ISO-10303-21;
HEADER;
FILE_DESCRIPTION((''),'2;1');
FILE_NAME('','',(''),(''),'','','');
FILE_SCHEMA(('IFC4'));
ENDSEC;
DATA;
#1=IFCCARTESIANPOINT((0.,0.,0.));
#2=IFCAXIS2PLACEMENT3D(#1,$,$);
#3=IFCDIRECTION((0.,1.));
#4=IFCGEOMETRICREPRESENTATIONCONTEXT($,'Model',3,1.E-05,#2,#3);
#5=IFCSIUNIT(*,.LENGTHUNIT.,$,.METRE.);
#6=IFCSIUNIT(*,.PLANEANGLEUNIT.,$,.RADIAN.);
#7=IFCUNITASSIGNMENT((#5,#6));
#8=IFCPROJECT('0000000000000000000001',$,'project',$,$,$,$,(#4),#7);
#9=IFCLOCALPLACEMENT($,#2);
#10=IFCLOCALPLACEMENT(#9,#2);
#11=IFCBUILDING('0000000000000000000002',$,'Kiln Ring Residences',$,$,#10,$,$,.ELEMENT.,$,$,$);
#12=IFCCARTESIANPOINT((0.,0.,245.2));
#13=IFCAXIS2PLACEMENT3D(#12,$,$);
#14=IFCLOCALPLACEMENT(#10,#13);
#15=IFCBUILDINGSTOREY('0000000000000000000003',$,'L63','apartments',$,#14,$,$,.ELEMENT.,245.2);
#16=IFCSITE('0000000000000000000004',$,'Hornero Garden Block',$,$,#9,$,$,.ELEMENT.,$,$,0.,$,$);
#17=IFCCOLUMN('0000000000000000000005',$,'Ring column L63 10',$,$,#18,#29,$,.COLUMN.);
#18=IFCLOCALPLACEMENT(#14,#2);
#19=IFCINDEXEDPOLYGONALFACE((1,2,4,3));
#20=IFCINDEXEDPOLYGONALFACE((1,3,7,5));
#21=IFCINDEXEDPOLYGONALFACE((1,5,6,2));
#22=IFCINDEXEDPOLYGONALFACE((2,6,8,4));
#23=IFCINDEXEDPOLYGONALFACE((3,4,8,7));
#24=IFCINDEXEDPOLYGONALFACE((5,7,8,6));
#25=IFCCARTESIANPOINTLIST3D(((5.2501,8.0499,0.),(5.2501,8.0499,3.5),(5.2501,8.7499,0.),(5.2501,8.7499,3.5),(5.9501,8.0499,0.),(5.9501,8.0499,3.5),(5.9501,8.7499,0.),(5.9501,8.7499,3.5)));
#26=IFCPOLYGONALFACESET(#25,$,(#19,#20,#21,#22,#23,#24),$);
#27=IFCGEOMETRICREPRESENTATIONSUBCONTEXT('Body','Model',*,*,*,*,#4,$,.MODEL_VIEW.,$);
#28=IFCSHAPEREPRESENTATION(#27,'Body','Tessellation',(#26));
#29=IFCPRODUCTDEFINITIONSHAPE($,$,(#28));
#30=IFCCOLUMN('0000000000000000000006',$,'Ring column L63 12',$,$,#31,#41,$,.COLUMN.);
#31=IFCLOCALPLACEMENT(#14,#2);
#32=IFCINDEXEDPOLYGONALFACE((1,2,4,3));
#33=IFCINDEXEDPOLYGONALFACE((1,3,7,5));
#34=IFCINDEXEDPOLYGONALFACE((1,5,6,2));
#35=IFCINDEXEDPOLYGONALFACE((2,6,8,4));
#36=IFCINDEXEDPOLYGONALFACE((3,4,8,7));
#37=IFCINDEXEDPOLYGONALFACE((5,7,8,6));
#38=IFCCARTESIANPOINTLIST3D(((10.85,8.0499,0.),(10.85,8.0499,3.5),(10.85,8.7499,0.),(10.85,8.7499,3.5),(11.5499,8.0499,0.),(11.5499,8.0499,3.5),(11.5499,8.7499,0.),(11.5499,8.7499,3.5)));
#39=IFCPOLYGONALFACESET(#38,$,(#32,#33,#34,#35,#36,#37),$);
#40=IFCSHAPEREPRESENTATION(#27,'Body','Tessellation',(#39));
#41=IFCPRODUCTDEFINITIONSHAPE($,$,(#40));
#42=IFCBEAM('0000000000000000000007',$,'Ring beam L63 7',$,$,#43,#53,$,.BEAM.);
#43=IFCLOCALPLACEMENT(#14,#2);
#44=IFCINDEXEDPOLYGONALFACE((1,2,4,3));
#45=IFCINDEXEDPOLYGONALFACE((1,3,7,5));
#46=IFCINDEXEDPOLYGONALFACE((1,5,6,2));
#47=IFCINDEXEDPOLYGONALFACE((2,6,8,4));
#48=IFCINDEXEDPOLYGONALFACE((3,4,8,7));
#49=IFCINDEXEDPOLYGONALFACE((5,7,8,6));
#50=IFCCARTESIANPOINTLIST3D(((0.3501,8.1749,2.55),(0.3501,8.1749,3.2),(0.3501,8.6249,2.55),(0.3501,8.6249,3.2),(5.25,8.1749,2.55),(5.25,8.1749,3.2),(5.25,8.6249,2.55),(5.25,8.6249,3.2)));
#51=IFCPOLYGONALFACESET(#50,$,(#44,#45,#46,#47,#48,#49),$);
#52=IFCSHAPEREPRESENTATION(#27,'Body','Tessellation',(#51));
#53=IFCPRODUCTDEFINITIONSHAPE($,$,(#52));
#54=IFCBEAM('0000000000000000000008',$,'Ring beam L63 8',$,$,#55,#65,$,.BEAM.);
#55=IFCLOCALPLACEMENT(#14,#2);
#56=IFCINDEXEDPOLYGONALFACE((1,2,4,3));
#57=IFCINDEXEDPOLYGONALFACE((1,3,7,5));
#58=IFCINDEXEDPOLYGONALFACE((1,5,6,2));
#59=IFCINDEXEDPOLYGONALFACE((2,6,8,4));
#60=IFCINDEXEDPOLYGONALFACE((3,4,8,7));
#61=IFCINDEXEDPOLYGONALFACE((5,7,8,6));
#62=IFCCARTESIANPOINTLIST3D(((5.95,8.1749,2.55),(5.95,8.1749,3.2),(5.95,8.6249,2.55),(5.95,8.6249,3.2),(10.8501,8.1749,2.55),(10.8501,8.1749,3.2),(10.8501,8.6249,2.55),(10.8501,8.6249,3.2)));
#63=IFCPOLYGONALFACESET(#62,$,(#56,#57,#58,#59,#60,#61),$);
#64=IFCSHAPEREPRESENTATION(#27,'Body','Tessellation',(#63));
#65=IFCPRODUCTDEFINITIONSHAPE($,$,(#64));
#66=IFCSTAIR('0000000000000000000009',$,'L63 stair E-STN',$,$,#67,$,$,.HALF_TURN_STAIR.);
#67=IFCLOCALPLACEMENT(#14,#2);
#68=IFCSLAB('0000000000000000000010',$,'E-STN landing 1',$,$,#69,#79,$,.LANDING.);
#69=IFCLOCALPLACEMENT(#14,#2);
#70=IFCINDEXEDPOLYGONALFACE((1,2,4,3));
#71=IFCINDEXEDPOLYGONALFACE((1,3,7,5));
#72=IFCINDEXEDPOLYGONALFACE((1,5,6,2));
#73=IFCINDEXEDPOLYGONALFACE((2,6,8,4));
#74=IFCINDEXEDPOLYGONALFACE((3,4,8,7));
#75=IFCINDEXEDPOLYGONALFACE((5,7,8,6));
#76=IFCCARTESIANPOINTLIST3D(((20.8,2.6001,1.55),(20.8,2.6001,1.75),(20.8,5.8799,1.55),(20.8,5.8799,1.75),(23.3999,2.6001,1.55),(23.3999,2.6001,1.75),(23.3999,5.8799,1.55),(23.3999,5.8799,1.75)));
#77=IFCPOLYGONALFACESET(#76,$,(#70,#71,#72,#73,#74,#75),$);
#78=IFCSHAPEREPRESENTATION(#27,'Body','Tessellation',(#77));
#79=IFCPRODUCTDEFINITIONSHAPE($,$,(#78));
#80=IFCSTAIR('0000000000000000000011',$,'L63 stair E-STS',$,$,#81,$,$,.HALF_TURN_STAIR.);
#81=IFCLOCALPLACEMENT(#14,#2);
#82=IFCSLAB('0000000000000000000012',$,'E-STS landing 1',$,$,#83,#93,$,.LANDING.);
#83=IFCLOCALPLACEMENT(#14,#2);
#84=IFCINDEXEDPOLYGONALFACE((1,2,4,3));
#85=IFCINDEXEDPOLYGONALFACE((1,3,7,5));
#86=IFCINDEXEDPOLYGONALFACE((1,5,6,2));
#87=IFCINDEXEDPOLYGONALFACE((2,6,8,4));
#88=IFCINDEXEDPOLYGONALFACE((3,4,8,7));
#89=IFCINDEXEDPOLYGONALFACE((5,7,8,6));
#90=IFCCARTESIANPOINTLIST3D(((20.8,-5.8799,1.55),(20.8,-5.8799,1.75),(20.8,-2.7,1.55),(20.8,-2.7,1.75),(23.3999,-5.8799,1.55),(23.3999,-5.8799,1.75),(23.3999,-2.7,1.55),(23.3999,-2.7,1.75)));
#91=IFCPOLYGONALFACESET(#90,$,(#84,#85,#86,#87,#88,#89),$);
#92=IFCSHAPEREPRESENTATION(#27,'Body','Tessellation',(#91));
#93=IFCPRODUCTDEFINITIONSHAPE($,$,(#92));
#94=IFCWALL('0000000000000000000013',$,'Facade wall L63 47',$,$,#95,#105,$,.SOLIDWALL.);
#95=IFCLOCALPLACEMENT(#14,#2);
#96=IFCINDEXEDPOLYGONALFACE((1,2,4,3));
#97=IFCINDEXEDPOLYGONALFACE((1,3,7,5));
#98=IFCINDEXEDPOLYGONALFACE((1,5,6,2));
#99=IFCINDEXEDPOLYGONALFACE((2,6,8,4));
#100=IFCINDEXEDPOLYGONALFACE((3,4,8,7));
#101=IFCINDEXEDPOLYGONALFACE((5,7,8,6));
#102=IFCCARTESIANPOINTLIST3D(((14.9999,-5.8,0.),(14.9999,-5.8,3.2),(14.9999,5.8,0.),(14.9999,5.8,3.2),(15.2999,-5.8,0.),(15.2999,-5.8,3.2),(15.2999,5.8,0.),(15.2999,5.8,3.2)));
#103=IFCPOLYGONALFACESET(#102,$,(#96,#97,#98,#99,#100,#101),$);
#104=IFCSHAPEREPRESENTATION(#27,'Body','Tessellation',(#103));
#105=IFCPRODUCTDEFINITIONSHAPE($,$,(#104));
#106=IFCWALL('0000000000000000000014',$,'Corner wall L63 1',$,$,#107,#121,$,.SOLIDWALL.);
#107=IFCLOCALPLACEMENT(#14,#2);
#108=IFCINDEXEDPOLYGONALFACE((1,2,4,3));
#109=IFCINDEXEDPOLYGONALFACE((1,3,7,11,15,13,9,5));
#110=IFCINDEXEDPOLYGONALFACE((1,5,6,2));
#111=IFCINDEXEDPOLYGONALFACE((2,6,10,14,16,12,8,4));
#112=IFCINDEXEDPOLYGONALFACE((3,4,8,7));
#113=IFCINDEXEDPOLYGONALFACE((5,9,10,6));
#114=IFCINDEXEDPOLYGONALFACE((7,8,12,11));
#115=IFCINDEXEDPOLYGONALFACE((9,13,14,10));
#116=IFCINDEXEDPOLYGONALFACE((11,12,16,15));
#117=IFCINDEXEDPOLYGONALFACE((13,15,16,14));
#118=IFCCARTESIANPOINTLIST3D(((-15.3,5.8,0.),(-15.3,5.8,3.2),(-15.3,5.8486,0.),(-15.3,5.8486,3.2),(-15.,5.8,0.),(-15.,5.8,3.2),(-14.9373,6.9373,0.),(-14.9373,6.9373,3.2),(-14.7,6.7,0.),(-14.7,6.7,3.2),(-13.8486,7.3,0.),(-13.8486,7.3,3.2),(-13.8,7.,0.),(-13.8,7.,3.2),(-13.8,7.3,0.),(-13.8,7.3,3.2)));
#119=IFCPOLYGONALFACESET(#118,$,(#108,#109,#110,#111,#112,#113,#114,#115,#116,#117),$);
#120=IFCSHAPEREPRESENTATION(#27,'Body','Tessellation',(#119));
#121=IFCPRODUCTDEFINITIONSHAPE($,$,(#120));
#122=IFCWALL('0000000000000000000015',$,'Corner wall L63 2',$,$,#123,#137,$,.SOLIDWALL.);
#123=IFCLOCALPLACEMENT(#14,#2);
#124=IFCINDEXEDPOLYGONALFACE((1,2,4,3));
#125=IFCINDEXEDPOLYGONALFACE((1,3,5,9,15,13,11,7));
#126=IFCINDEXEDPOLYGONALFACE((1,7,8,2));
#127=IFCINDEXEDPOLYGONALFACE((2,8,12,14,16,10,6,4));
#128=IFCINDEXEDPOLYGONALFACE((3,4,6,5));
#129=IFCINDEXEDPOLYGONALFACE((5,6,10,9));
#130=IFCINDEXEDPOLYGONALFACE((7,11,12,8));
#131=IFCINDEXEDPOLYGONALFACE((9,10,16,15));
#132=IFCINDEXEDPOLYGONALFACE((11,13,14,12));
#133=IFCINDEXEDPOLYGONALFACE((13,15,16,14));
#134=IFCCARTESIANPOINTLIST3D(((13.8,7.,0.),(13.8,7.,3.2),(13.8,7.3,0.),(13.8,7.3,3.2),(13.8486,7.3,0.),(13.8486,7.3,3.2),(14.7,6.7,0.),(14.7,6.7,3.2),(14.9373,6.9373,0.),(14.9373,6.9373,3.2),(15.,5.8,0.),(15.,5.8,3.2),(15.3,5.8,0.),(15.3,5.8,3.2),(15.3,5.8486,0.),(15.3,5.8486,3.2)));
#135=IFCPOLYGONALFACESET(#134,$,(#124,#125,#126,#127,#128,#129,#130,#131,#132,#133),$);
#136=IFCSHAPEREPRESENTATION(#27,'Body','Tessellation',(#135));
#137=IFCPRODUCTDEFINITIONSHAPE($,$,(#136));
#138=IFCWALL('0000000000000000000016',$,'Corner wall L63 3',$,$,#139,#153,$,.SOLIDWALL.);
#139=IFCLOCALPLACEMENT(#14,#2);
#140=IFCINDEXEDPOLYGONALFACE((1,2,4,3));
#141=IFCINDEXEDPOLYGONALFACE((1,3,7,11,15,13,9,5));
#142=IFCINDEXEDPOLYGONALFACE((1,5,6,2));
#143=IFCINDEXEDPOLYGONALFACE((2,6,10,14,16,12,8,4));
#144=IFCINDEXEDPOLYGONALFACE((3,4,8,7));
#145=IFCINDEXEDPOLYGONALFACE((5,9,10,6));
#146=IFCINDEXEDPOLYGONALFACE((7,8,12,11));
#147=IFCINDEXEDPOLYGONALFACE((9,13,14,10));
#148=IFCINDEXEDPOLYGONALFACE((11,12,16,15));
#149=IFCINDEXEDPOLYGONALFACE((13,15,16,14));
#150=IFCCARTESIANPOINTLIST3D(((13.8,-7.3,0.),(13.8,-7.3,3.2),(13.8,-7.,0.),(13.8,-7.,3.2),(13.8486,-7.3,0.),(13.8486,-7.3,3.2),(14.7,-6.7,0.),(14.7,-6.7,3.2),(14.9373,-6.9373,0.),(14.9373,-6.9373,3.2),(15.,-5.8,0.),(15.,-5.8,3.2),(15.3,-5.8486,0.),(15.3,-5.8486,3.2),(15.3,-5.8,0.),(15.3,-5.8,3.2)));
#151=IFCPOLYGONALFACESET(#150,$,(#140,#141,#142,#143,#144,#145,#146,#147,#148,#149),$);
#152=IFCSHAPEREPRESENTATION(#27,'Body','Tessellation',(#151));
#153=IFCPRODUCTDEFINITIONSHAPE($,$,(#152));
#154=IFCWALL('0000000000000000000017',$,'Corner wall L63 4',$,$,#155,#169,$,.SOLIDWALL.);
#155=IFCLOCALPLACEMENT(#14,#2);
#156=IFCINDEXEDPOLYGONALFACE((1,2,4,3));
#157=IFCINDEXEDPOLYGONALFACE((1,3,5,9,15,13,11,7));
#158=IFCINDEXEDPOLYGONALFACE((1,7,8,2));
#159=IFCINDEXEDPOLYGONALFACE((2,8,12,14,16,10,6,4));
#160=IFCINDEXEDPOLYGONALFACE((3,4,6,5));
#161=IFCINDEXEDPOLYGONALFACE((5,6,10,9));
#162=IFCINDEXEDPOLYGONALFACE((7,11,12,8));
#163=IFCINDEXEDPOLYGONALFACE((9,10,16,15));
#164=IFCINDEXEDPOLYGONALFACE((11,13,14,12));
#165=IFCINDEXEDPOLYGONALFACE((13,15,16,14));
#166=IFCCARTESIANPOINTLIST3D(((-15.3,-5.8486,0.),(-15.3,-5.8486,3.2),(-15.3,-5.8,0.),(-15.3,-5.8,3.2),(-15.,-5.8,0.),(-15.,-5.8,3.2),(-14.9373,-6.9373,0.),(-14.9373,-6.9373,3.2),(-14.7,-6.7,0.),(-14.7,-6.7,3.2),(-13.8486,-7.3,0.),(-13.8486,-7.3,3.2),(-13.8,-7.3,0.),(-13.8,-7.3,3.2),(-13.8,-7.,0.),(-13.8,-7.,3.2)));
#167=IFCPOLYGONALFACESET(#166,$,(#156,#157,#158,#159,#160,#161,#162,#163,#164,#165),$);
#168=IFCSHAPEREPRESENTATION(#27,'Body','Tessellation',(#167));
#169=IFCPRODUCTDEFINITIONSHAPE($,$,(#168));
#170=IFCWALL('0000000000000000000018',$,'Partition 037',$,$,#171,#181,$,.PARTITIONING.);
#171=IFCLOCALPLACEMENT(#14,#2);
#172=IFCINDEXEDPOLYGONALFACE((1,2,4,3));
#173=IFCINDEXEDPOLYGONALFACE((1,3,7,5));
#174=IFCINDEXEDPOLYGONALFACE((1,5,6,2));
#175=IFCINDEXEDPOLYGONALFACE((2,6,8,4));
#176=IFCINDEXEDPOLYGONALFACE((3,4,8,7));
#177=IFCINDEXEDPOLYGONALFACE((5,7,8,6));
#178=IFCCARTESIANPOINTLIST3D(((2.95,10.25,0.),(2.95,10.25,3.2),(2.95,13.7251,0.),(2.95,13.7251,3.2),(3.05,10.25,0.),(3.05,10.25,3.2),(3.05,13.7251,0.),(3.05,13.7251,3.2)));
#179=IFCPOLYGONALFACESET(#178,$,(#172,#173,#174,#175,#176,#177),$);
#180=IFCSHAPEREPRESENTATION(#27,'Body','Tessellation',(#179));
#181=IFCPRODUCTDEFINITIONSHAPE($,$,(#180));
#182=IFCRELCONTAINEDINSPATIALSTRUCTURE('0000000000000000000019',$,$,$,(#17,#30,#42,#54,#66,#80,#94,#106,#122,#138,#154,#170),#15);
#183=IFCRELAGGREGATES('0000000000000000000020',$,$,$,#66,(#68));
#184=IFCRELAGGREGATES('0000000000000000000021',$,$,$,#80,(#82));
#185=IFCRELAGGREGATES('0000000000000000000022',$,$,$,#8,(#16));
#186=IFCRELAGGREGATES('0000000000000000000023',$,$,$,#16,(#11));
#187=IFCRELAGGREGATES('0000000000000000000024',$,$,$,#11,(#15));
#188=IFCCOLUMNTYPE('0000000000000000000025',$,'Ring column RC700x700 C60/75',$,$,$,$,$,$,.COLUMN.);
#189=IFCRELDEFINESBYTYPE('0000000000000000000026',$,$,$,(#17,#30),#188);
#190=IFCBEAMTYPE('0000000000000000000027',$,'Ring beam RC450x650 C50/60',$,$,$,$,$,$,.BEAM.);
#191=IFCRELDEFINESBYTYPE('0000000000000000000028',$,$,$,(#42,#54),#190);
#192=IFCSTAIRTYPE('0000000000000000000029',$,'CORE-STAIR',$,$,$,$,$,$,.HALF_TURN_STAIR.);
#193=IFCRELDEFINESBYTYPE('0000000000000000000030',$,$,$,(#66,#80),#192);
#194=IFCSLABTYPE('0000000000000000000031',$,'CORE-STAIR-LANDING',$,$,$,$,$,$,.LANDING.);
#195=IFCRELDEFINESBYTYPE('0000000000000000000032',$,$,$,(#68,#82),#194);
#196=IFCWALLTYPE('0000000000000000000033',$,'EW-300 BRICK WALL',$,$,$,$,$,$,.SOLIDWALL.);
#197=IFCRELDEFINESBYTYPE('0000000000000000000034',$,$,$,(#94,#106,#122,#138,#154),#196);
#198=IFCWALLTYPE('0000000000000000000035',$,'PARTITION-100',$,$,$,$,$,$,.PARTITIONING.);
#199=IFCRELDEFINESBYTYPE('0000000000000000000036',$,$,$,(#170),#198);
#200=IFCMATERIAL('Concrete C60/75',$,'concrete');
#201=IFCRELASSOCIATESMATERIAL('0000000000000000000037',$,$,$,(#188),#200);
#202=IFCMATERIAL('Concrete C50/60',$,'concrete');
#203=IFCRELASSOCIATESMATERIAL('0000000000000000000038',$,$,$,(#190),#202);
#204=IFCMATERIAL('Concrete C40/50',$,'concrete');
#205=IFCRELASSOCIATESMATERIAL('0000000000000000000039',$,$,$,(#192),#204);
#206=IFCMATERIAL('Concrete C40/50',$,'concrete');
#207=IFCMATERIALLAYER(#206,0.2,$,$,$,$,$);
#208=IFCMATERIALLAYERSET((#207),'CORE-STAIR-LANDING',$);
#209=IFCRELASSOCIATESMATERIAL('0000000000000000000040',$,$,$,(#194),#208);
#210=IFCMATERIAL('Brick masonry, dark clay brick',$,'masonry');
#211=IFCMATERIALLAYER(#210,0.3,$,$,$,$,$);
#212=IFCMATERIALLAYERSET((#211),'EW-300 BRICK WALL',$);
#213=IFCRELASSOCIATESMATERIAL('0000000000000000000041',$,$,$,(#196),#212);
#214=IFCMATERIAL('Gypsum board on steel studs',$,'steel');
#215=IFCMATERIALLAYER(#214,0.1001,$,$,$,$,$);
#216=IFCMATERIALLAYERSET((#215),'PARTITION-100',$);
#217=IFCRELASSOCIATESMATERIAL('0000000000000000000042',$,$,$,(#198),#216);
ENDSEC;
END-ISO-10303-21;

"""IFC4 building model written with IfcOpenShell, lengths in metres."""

from ifc_helpers import new_model, si_unit, direction, frame, frame_2d, origin, origin_2d, place, context, subcontext, project, spatial, polyline, rectangle, outline, extrude, material, layer, layer_set, material_profile, profile_set, type_object, element, aggregate, save


model = new_model("IFC4")

# Units and contexts
model_context = context("Model", 3, precision=1e-05, world=origin(), true_north=direction((0.0, 1.0)))
body_context = subcontext(model_context, "Body", "Model", "MODEL_VIEW")
ifc_project = project(units=[si_unit("LENGTHUNIT", "METRE"), si_unit("PLANEANGLEUNIT", "RADIAN")], contexts=[model_context])

# Site, building, storey
site_placement = place(None, origin())
site = spatial("IfcSite", under=ifc_project, at=site_placement, Name="Hornero Garden Block", CompositionType="ELEMENT", RefElevation=0.0)
building_placement = place(site_placement, origin())
building = spatial("IfcBuilding", under=site, at=building_placement, Name="Kiln Ring Residences", CompositionType="ELEMENT")
storey_placement = place(building_placement, frame((0.0, 0.0, 245.2)))
storey = spatial("IfcBuildingStorey", under=building, at=storey_placement, Name="L63", Description="apartments", CompositionType="ELEMENT", Elevation=245.2)

# Columns
ifc_material_1 = material(Name="Concrete C60/75", Category="concrete")
ifc_material_profile_1 = material_profile(ifc_material_1, rectangle(XDim=0.7, YDim=0.7, at=origin_2d()), Name="RC700x700")
ifc_profile_set_1 = profile_set([ifc_material_profile_1], Name="Concrete C60/75")
column_type = type_object("IfcColumnType", Name="Ring column RC700x700 C60/75", PredefinedType="COLUMN", material=ifc_profile_set_1)
for number, where, z_axis, x_axis, name in (
    (1, (5.6001, 8.3999, 0.0), (0.0, 0.0, 1.0), (1.0, 0.0, 0.0), "Ring column L63 10"),
    (2, (11.2, 8.3999, 0.0), (0.0, 0.0, 1.0), (1.0, 0.0, 0.0), "Ring column L63 12"),
):
    element("IfcColumn", number, at=place(storey_placement, frame(where, z_axis=z_axis, x_axis=x_axis)), inside=storey, type_object=column_type, Name=name, PredefinedType="COLUMN", context=body_context, shape_type="SweptSolid", body=[
        extrude(rectangle(XDim=0.7, YDim=0.7, at=origin_2d()), origin(), (0.0, 0.0, 1.0), 3.5),
    ])

# Beams
ifc_material_2 = material(Name="Concrete C50/60", Category="concrete")
ifc_material_profile_2 = material_profile(ifc_material_2, rectangle(XDim=0.45, YDim=0.6499, at=origin_2d()), Name="RC450x650")
ifc_profile_set_2 = profile_set([ifc_material_profile_2], Name="Concrete C50/60")
beam_type = type_object("IfcBeamType", Name="Ring beam RC450x650 C50/60", PredefinedType="BEAM", material=ifc_profile_set_2)
beam_1_placement = place(storey_placement, frame((0.3501, 8.3999, 2.875), z_axis=(1.0, 0.0, 0.0), x_axis=(0.0, 1.0, 0.0)))
element("IfcBeam", 3, at=beam_1_placement, inside=storey, type_object=beam_type, Name="Ring beam L63 7", PredefinedType="BEAM", context=body_context, shape_type="SweptSolid", body=[
    extrude(rectangle(XDim=0.45, YDim=0.6499, at=origin_2d()), origin(), (0.0, 0.0, 1.0), 4.8999),
])
beam_2_placement = place(storey_placement, frame((5.95, 8.3999, 2.875), z_axis=(1.0, 0.0, 0.0), x_axis=(0.0, 1.0, 0.0)))
element("IfcBeam", 4, at=beam_2_placement, inside=storey, type_object=beam_type, Name="Ring beam L63 8", PredefinedType="BEAM", context=body_context, shape_type="SweptSolid", body=[
    extrude(rectangle(XDim=0.45, YDim=0.6499, at=origin_2d()), origin(), (0.0, 0.0, 1.0), 4.9001),
])

# Stairs, slabs
ifc_material_3 = material(Name="Concrete C40/50", Category="concrete")
stair_type = type_object("IfcStairType", Name="CORE-STAIR", PredefinedType="HALF_TURN_STAIR", material=ifc_material_3)
placement_1 = place(storey_placement, origin())
stair_1 = element("IfcStair", 5, at=placement_1, inside=storey, type_object=stair_type, Name="L63 stair E-STN", PredefinedType="HALF_TURN_STAIR")
ifc_material_4 = material(Name="Concrete C40/50", Category="concrete")
ifc_layer_1 = layer(ifc_material_4, 0.2)
ifc_layer_set_1 = layer_set([ifc_layer_1], Name="CORE-STAIR-LANDING")
slab_type = type_object("IfcSlabType", Name="CORE-STAIR-LANDING", PredefinedType="LANDING", material=ifc_layer_set_1)
placement_2 = place(storey_placement, frame((0.0, 0.0, 1.55)))
slab_1 = element("IfcSlab", 6, at=placement_2, type_object=slab_type, Name="E-STN landing 1", PredefinedType="LANDING", context=body_context, shape_type="SweptSolid", body=[
    extrude(outline(polyline([(20.8, 5.8799), (20.8, 2.6001), (23.3999, 2.6001), (23.3999, 5.8799), (20.8, 5.8799)])), origin(), (0.0, 0.0, 1.0), 0.2),
])
aggregate(stair_1, [slab_1])
stair_2 = element("IfcStair", 7, at=placement_1, inside=storey, type_object=stair_type, Name="L63 stair E-STS", PredefinedType="HALF_TURN_STAIR")
slab_2 = element("IfcSlab", 8, at=placement_2, type_object=slab_type, Name="E-STS landing 1", PredefinedType="LANDING", context=body_context, shape_type="SweptSolid", body=[
    extrude(outline(polyline([(23.3999, -5.8799), (23.3999, -2.7), (20.8, -2.7), (20.8, -5.8799), (23.3999, -5.8799)])), origin(), (0.0, 0.0, 1.0), 0.2),
])
aggregate(stair_2, [slab_2])

# Walls
ifc_material_5 = material(Name="Brick masonry, dark clay brick", Category="masonry")
ifc_layer_2 = layer(ifc_material_5, 0.3)
ifc_layer_set_2 = layer_set([ifc_layer_2], Name="EW-300 BRICK WALL")
wall_type_1 = type_object("IfcWallType", Name="EW-300 BRICK WALL", PredefinedType="SOLIDWALL", material=ifc_layer_set_2)
wall_1_placement = place(storey_placement, frame((15.1499, 5.8, 0.0), z_axis=(0.0, 0.0, 1.0), x_axis=(0.0, -1.0, 0.0)))
element("IfcWall", 9, at=wall_1_placement, inside=storey, type_object=wall_type_1, Name="Facade wall L63 47", PredefinedType="SOLIDWALL", context=body_context, shape_type="SweptSolid", body=[
    extrude(rectangle(XDim=11.6001, YDim=0.3, at=frame_2d((5.8, 0.0))), origin(), (0.0, 0.0, 1.0), 3.2),
])
element("IfcWall", 10, at=placement_1, inside=storey, type_object=wall_type_1, Name="Corner wall L63 1", PredefinedType="SOLIDWALL", context=body_context, shape_type="SweptSolid", body=[
    extrude(outline(polyline([(-13.8486, 7.3), (-14.9373, 6.9373), (-15.3, 5.8486), (-15.3, 5.8), (-15.0, 5.8), (-14.7, 6.7), (-13.8, 7.0), (-13.8, 7.3), (-13.8486, 7.3)])), origin(), (0.0, 0.0, 1.0), 3.2),
])
element("IfcWall", 11, at=placement_1, inside=storey, type_object=wall_type_1, Name="Corner wall L63 2", PredefinedType="SOLIDWALL", context=body_context, shape_type="SweptSolid", body=[
    extrude(outline(polyline([(14.9373, 6.9373), (13.8486, 7.3), (13.8, 7.3), (13.8, 7.0), (14.7, 6.7), (15.0, 5.8), (15.3, 5.8), (15.3, 5.8486), (14.9373, 6.9373)])), origin(), (0.0, 0.0, 1.0), 3.2),
])
element("IfcWall", 12, at=placement_1, inside=storey, type_object=wall_type_1, Name="Corner wall L63 3", PredefinedType="SOLIDWALL", context=body_context, shape_type="SweptSolid", body=[
    extrude(outline(polyline([(14.9373, -6.9373), (15.3, -5.8486), (15.3, -5.8), (15.0, -5.8), (14.7, -6.7), (13.8, -7.0), (13.8, -7.3), (13.8486, -7.3), (14.9373, -6.9373)])), origin(), (0.0, 0.0, 1.0), 3.2),
])
element("IfcWall", 13, at=placement_1, inside=storey, type_object=wall_type_1, Name="Corner wall L63 4", PredefinedType="SOLIDWALL", context=body_context, shape_type="SweptSolid", body=[
    extrude(outline(polyline([(-14.9373, -6.9373), (-13.8486, -7.3), (-13.8, -7.3), (-13.8, -7.0), (-14.7, -6.7), (-15.0, -5.8), (-15.3, -5.8), (-15.3, -5.8486), (-14.9373, -6.9373)])), origin(), (0.0, 0.0, 1.0), 3.2),
])
ifc_material_6 = material(Name="Gypsum board on steel studs", Category="steel")
ifc_layer_3 = layer(ifc_material_6, 0.1001)
ifc_layer_set_3 = layer_set([ifc_layer_3], Name="PARTITION-100")
wall_type_2 = type_object("IfcWallType", Name="PARTITION-100", PredefinedType="PARTITIONING", material=ifc_layer_set_3)
wall_2_placement = place(storey_placement, frame((3.0, 10.25, 0.0), z_axis=(0.0, 0.0, 1.0), x_axis=(0.0, 1.0, 0.0)))
element("IfcWall", 14, at=wall_2_placement, inside=storey, type_object=wall_type_2, Name="Partition 037", PredefinedType="PARTITIONING", context=body_context, shape_type="SweptSolid", body=[
    extrude(rectangle(XDim=3.4751, YDim=0.1001, at=frame_2d((1.7375, 0.0))), origin(), (0.0, 0.0, 1.0), 3.2),
])

save(model, "model.ifc")
